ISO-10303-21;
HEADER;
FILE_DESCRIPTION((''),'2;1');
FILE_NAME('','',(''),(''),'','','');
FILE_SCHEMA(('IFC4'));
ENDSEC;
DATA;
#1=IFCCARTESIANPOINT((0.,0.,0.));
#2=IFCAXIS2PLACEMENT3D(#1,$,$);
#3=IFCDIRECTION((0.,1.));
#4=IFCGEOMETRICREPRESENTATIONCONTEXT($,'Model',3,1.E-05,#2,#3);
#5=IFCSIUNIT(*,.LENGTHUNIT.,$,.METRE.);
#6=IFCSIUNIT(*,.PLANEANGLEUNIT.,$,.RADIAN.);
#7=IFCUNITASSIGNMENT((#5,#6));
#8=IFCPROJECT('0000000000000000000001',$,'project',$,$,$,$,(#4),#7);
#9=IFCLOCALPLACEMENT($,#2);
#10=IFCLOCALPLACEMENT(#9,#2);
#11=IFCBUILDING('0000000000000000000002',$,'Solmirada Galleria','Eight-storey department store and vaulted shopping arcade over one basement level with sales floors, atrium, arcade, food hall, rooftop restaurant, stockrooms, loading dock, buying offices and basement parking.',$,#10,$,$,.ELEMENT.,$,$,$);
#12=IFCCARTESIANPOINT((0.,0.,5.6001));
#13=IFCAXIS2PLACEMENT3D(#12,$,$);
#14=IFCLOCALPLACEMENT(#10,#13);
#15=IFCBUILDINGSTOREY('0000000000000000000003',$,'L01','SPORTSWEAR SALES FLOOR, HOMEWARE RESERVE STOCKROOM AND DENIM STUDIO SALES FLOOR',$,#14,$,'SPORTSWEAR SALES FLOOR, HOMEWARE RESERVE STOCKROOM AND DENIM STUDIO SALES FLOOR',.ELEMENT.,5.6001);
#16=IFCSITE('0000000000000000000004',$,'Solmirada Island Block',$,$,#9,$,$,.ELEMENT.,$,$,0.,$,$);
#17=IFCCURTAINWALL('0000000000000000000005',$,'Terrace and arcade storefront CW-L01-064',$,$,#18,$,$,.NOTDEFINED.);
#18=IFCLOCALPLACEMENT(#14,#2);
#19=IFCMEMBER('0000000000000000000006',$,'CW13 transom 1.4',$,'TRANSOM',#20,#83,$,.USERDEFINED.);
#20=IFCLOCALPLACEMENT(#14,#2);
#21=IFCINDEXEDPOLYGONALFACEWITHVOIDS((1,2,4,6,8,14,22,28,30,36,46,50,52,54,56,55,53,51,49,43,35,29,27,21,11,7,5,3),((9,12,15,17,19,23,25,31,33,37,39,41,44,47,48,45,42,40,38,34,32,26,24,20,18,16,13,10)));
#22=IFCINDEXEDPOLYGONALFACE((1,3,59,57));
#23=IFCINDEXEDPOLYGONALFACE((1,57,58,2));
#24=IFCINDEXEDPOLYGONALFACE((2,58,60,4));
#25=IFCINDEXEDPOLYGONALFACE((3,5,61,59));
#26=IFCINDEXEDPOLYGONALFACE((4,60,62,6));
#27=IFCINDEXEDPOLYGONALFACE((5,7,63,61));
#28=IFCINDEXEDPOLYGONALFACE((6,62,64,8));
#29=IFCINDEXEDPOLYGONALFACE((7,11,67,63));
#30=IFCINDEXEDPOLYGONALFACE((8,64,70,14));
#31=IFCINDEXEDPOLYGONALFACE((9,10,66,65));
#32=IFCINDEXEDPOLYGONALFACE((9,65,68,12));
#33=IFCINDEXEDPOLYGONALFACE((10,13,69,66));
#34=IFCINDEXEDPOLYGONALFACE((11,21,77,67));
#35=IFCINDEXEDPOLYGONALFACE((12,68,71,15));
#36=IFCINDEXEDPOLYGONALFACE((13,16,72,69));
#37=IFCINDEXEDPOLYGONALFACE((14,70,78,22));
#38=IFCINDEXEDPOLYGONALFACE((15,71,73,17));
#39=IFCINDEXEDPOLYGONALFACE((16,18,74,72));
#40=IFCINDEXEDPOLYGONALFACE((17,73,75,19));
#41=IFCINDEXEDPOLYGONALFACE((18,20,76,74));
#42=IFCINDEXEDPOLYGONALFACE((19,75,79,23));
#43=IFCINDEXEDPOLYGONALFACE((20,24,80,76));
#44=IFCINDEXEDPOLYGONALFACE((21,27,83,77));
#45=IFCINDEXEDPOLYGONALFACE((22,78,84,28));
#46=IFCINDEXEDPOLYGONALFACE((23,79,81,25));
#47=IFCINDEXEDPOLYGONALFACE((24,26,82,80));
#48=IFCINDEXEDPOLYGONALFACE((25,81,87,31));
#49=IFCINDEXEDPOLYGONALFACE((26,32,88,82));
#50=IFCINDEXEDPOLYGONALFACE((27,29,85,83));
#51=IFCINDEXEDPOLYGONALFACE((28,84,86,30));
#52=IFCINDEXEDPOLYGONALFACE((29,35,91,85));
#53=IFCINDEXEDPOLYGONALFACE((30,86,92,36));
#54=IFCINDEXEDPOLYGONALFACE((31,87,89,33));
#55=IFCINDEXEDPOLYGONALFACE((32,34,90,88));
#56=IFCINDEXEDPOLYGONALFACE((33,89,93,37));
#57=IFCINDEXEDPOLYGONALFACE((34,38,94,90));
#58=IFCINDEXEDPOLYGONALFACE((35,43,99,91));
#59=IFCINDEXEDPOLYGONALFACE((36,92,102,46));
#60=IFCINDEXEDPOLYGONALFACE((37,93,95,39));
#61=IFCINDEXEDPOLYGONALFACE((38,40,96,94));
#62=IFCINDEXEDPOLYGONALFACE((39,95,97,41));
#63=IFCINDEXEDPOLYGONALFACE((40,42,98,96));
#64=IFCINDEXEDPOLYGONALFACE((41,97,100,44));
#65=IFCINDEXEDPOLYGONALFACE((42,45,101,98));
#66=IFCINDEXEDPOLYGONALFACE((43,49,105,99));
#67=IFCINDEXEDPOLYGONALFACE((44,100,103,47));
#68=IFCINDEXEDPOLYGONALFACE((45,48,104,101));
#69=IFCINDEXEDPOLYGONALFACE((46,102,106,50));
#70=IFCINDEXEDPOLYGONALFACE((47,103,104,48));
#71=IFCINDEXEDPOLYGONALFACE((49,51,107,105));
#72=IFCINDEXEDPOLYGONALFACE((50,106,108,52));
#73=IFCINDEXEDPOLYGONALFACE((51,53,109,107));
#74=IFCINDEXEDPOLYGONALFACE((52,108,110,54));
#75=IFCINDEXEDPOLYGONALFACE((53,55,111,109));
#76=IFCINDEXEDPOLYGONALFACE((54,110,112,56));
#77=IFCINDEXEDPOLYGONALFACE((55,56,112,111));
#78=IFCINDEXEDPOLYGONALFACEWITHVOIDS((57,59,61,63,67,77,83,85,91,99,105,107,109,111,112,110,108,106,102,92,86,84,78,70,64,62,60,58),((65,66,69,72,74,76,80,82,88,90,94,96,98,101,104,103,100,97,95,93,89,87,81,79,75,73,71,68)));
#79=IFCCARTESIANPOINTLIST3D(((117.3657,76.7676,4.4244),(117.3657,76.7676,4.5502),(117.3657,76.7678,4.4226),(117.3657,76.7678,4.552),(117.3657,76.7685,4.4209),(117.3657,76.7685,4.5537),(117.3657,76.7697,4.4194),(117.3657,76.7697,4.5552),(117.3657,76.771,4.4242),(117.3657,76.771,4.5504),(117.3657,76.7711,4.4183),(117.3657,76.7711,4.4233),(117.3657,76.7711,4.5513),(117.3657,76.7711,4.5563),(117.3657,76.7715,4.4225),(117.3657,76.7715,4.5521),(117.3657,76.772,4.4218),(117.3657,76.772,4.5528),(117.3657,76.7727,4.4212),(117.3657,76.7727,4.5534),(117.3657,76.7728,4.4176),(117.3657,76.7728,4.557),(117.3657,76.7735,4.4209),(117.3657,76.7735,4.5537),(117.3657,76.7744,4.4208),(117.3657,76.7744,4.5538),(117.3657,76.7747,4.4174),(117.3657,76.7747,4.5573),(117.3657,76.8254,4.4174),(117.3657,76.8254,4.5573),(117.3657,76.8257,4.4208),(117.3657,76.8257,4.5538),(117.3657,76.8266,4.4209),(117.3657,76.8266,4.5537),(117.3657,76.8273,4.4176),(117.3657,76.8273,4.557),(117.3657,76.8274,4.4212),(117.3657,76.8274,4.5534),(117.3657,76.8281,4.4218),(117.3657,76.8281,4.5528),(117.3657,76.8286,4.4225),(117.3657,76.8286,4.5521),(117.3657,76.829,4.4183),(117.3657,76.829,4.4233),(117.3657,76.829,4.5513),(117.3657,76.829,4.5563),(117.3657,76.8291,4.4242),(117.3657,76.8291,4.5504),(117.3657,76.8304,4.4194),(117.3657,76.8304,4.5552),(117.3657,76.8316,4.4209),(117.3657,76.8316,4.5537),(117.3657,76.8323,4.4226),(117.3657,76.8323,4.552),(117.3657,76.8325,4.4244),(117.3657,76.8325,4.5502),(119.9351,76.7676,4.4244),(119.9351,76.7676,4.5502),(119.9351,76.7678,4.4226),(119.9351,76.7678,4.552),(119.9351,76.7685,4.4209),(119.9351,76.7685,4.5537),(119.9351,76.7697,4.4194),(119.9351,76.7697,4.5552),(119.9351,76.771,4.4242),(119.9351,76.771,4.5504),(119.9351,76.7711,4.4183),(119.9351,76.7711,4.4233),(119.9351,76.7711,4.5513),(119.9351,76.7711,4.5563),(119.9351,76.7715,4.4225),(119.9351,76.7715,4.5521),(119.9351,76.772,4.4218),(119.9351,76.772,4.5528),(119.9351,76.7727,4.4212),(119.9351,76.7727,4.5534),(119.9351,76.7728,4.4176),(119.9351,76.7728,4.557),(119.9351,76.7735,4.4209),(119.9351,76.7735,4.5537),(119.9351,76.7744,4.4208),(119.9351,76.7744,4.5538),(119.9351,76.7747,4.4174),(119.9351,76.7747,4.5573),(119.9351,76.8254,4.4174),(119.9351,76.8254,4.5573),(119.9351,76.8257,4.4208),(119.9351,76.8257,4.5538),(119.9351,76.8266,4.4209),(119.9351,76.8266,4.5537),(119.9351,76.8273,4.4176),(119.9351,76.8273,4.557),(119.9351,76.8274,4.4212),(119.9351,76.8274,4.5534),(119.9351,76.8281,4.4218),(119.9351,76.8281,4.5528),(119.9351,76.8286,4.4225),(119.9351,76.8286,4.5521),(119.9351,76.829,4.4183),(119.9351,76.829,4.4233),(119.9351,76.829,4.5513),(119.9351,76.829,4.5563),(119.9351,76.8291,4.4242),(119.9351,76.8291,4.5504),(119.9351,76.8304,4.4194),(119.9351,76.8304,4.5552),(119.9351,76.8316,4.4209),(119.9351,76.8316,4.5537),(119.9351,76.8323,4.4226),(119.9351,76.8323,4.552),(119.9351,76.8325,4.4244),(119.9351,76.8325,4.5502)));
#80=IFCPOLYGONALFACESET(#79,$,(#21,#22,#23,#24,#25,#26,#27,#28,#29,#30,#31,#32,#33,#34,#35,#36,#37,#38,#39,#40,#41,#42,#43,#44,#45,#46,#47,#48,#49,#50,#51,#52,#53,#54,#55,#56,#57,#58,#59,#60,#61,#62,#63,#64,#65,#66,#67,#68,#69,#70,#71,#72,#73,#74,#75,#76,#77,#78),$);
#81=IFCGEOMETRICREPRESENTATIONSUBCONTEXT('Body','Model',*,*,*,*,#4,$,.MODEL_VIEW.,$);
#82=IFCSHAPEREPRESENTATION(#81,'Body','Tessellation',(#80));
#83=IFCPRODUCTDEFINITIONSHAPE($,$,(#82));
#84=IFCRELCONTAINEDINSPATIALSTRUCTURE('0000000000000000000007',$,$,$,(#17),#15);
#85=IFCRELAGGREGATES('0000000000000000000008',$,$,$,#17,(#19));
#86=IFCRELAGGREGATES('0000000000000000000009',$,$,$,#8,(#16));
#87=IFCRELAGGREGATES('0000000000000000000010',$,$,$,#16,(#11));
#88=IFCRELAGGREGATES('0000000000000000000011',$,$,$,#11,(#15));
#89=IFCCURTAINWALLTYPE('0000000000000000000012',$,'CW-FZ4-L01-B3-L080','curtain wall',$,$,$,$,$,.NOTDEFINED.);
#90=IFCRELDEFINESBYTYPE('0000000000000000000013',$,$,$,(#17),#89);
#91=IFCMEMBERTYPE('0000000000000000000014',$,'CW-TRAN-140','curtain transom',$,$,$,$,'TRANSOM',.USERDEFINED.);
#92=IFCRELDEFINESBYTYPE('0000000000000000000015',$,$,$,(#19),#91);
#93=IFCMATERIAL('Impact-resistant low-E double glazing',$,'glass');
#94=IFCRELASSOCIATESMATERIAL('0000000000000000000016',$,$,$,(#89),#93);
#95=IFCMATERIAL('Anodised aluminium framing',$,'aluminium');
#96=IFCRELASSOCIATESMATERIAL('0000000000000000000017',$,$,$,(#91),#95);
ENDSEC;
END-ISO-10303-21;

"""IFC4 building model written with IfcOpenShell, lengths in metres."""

from ifc_helpers import new_model, si_unit, direction, frame, origin, origin_2d, place, context, subcontext, project, spatial, hollow_rectangle, extrude, material, material_profile, profile_set, type_object, element, aggregate, save


model = new_model("IFC4")

# Units and contexts
model_context = context("Model", 3, precision=1e-05, world=origin(), true_north=direction((0.0, 1.0)))
body_context = subcontext(model_context, "Body", "Model", "MODEL_VIEW")
ifc_project = project(units=[si_unit("LENGTHUNIT", "METRE"), si_unit("PLANEANGLEUNIT", "RADIAN")], contexts=[model_context])

# Site, building, storey
site_placement = place(None, origin())
site = spatial("IfcSite", under=ifc_project, at=site_placement, Name="Solmirada Island Block", CompositionType="ELEMENT", RefElevation=0.0)
building_placement = place(site_placement, origin())
building = spatial("IfcBuilding", under=site, at=building_placement, Name="Solmirada Galleria", Description="Eight-storey department store and vaulted shopping arcade over one basement level with sales floors, atrium, arcade, food hall, rooftop restaurant, stockrooms, loading dock, buying offices and basement parking.", CompositionType="ELEMENT")
storey_placement = place(building_placement, frame((0.0, 0.0, 5.6001)))
storey = spatial("IfcBuildingStorey", under=building, at=storey_placement, Name="L01", Description="SPORTSWEAR SALES FLOOR, HOMEWARE RESERVE STOCKROOM AND DENIM STUDIO SALES FLOOR", LongName="SPORTSWEAR SALES FLOOR, HOMEWARE RESERVE STOCKROOM AND DENIM STUDIO SALES FLOOR", CompositionType="ELEMENT", Elevation=5.6001)

# Curtain wall, member
ifc_material_1 = material(Name="Impact-resistant low-E double glazing", Category="glass")
curtain_wall_type = type_object("IfcCurtainWallType", Name="CW-FZ4-L01-B3-L080", Description="curtain wall", PredefinedType="NOTDEFINED", material=ifc_material_1)
curtain_wall_placement = place(storey_placement, origin())
curtain_wall = element("IfcCurtainWall", 1, at=curtain_wall_placement, inside=storey, type_object=curtain_wall_type, Name="Terrace and arcade storefront CW-L01-064", PredefinedType="NOTDEFINED")
ifc_material_2 = material(Name="Anodised aluminium framing", Category="aluminium")
ifc_material_profile_1 = material_profile(ifc_material_2, hollow_rectangle(XDim=0.0649, YDim=0.1399, WallThickness=0.0034, InnerFilletRadius=0.0034, OuterFilletRadius=0.0071, at=origin_2d()), Name="ALU-TRAN-140X65")
ifc_profile_set_1 = profile_set([ifc_material_profile_1], Name="Anodised aluminium framing")
member_type_1 = type_object("IfcMemberType", Name="CW-TRAN-140", Description="curtain transom", ElementType="TRANSOM", PredefinedType="USERDEFINED", material=ifc_profile_set_1)
member_1_placement = place(storey_placement, frame((119.9351, 76.8, 4.4873), z_axis=(-1.0, 0.0, 0.0), x_axis=(0.0, -1.0, 0.0)))
member_1 = element("IfcMember", 2, at=member_1_placement, type_object=member_type_1, Name="CW13 transom 1.4", ObjectType="TRANSOM", PredefinedType="USERDEFINED", context=body_context, shape_type="SweptSolid", body=[
    extrude(hollow_rectangle(XDim=0.0649, YDim=0.1399, WallThickness=0.0034, InnerFilletRadius=0.0034, OuterFilletRadius=0.0071, at=origin_2d()), origin(), (0.0, 0.0, 1.0), 2.5693),
])
aggregate(curtain_wall, [member_1])

save(model, "model.ifc")
